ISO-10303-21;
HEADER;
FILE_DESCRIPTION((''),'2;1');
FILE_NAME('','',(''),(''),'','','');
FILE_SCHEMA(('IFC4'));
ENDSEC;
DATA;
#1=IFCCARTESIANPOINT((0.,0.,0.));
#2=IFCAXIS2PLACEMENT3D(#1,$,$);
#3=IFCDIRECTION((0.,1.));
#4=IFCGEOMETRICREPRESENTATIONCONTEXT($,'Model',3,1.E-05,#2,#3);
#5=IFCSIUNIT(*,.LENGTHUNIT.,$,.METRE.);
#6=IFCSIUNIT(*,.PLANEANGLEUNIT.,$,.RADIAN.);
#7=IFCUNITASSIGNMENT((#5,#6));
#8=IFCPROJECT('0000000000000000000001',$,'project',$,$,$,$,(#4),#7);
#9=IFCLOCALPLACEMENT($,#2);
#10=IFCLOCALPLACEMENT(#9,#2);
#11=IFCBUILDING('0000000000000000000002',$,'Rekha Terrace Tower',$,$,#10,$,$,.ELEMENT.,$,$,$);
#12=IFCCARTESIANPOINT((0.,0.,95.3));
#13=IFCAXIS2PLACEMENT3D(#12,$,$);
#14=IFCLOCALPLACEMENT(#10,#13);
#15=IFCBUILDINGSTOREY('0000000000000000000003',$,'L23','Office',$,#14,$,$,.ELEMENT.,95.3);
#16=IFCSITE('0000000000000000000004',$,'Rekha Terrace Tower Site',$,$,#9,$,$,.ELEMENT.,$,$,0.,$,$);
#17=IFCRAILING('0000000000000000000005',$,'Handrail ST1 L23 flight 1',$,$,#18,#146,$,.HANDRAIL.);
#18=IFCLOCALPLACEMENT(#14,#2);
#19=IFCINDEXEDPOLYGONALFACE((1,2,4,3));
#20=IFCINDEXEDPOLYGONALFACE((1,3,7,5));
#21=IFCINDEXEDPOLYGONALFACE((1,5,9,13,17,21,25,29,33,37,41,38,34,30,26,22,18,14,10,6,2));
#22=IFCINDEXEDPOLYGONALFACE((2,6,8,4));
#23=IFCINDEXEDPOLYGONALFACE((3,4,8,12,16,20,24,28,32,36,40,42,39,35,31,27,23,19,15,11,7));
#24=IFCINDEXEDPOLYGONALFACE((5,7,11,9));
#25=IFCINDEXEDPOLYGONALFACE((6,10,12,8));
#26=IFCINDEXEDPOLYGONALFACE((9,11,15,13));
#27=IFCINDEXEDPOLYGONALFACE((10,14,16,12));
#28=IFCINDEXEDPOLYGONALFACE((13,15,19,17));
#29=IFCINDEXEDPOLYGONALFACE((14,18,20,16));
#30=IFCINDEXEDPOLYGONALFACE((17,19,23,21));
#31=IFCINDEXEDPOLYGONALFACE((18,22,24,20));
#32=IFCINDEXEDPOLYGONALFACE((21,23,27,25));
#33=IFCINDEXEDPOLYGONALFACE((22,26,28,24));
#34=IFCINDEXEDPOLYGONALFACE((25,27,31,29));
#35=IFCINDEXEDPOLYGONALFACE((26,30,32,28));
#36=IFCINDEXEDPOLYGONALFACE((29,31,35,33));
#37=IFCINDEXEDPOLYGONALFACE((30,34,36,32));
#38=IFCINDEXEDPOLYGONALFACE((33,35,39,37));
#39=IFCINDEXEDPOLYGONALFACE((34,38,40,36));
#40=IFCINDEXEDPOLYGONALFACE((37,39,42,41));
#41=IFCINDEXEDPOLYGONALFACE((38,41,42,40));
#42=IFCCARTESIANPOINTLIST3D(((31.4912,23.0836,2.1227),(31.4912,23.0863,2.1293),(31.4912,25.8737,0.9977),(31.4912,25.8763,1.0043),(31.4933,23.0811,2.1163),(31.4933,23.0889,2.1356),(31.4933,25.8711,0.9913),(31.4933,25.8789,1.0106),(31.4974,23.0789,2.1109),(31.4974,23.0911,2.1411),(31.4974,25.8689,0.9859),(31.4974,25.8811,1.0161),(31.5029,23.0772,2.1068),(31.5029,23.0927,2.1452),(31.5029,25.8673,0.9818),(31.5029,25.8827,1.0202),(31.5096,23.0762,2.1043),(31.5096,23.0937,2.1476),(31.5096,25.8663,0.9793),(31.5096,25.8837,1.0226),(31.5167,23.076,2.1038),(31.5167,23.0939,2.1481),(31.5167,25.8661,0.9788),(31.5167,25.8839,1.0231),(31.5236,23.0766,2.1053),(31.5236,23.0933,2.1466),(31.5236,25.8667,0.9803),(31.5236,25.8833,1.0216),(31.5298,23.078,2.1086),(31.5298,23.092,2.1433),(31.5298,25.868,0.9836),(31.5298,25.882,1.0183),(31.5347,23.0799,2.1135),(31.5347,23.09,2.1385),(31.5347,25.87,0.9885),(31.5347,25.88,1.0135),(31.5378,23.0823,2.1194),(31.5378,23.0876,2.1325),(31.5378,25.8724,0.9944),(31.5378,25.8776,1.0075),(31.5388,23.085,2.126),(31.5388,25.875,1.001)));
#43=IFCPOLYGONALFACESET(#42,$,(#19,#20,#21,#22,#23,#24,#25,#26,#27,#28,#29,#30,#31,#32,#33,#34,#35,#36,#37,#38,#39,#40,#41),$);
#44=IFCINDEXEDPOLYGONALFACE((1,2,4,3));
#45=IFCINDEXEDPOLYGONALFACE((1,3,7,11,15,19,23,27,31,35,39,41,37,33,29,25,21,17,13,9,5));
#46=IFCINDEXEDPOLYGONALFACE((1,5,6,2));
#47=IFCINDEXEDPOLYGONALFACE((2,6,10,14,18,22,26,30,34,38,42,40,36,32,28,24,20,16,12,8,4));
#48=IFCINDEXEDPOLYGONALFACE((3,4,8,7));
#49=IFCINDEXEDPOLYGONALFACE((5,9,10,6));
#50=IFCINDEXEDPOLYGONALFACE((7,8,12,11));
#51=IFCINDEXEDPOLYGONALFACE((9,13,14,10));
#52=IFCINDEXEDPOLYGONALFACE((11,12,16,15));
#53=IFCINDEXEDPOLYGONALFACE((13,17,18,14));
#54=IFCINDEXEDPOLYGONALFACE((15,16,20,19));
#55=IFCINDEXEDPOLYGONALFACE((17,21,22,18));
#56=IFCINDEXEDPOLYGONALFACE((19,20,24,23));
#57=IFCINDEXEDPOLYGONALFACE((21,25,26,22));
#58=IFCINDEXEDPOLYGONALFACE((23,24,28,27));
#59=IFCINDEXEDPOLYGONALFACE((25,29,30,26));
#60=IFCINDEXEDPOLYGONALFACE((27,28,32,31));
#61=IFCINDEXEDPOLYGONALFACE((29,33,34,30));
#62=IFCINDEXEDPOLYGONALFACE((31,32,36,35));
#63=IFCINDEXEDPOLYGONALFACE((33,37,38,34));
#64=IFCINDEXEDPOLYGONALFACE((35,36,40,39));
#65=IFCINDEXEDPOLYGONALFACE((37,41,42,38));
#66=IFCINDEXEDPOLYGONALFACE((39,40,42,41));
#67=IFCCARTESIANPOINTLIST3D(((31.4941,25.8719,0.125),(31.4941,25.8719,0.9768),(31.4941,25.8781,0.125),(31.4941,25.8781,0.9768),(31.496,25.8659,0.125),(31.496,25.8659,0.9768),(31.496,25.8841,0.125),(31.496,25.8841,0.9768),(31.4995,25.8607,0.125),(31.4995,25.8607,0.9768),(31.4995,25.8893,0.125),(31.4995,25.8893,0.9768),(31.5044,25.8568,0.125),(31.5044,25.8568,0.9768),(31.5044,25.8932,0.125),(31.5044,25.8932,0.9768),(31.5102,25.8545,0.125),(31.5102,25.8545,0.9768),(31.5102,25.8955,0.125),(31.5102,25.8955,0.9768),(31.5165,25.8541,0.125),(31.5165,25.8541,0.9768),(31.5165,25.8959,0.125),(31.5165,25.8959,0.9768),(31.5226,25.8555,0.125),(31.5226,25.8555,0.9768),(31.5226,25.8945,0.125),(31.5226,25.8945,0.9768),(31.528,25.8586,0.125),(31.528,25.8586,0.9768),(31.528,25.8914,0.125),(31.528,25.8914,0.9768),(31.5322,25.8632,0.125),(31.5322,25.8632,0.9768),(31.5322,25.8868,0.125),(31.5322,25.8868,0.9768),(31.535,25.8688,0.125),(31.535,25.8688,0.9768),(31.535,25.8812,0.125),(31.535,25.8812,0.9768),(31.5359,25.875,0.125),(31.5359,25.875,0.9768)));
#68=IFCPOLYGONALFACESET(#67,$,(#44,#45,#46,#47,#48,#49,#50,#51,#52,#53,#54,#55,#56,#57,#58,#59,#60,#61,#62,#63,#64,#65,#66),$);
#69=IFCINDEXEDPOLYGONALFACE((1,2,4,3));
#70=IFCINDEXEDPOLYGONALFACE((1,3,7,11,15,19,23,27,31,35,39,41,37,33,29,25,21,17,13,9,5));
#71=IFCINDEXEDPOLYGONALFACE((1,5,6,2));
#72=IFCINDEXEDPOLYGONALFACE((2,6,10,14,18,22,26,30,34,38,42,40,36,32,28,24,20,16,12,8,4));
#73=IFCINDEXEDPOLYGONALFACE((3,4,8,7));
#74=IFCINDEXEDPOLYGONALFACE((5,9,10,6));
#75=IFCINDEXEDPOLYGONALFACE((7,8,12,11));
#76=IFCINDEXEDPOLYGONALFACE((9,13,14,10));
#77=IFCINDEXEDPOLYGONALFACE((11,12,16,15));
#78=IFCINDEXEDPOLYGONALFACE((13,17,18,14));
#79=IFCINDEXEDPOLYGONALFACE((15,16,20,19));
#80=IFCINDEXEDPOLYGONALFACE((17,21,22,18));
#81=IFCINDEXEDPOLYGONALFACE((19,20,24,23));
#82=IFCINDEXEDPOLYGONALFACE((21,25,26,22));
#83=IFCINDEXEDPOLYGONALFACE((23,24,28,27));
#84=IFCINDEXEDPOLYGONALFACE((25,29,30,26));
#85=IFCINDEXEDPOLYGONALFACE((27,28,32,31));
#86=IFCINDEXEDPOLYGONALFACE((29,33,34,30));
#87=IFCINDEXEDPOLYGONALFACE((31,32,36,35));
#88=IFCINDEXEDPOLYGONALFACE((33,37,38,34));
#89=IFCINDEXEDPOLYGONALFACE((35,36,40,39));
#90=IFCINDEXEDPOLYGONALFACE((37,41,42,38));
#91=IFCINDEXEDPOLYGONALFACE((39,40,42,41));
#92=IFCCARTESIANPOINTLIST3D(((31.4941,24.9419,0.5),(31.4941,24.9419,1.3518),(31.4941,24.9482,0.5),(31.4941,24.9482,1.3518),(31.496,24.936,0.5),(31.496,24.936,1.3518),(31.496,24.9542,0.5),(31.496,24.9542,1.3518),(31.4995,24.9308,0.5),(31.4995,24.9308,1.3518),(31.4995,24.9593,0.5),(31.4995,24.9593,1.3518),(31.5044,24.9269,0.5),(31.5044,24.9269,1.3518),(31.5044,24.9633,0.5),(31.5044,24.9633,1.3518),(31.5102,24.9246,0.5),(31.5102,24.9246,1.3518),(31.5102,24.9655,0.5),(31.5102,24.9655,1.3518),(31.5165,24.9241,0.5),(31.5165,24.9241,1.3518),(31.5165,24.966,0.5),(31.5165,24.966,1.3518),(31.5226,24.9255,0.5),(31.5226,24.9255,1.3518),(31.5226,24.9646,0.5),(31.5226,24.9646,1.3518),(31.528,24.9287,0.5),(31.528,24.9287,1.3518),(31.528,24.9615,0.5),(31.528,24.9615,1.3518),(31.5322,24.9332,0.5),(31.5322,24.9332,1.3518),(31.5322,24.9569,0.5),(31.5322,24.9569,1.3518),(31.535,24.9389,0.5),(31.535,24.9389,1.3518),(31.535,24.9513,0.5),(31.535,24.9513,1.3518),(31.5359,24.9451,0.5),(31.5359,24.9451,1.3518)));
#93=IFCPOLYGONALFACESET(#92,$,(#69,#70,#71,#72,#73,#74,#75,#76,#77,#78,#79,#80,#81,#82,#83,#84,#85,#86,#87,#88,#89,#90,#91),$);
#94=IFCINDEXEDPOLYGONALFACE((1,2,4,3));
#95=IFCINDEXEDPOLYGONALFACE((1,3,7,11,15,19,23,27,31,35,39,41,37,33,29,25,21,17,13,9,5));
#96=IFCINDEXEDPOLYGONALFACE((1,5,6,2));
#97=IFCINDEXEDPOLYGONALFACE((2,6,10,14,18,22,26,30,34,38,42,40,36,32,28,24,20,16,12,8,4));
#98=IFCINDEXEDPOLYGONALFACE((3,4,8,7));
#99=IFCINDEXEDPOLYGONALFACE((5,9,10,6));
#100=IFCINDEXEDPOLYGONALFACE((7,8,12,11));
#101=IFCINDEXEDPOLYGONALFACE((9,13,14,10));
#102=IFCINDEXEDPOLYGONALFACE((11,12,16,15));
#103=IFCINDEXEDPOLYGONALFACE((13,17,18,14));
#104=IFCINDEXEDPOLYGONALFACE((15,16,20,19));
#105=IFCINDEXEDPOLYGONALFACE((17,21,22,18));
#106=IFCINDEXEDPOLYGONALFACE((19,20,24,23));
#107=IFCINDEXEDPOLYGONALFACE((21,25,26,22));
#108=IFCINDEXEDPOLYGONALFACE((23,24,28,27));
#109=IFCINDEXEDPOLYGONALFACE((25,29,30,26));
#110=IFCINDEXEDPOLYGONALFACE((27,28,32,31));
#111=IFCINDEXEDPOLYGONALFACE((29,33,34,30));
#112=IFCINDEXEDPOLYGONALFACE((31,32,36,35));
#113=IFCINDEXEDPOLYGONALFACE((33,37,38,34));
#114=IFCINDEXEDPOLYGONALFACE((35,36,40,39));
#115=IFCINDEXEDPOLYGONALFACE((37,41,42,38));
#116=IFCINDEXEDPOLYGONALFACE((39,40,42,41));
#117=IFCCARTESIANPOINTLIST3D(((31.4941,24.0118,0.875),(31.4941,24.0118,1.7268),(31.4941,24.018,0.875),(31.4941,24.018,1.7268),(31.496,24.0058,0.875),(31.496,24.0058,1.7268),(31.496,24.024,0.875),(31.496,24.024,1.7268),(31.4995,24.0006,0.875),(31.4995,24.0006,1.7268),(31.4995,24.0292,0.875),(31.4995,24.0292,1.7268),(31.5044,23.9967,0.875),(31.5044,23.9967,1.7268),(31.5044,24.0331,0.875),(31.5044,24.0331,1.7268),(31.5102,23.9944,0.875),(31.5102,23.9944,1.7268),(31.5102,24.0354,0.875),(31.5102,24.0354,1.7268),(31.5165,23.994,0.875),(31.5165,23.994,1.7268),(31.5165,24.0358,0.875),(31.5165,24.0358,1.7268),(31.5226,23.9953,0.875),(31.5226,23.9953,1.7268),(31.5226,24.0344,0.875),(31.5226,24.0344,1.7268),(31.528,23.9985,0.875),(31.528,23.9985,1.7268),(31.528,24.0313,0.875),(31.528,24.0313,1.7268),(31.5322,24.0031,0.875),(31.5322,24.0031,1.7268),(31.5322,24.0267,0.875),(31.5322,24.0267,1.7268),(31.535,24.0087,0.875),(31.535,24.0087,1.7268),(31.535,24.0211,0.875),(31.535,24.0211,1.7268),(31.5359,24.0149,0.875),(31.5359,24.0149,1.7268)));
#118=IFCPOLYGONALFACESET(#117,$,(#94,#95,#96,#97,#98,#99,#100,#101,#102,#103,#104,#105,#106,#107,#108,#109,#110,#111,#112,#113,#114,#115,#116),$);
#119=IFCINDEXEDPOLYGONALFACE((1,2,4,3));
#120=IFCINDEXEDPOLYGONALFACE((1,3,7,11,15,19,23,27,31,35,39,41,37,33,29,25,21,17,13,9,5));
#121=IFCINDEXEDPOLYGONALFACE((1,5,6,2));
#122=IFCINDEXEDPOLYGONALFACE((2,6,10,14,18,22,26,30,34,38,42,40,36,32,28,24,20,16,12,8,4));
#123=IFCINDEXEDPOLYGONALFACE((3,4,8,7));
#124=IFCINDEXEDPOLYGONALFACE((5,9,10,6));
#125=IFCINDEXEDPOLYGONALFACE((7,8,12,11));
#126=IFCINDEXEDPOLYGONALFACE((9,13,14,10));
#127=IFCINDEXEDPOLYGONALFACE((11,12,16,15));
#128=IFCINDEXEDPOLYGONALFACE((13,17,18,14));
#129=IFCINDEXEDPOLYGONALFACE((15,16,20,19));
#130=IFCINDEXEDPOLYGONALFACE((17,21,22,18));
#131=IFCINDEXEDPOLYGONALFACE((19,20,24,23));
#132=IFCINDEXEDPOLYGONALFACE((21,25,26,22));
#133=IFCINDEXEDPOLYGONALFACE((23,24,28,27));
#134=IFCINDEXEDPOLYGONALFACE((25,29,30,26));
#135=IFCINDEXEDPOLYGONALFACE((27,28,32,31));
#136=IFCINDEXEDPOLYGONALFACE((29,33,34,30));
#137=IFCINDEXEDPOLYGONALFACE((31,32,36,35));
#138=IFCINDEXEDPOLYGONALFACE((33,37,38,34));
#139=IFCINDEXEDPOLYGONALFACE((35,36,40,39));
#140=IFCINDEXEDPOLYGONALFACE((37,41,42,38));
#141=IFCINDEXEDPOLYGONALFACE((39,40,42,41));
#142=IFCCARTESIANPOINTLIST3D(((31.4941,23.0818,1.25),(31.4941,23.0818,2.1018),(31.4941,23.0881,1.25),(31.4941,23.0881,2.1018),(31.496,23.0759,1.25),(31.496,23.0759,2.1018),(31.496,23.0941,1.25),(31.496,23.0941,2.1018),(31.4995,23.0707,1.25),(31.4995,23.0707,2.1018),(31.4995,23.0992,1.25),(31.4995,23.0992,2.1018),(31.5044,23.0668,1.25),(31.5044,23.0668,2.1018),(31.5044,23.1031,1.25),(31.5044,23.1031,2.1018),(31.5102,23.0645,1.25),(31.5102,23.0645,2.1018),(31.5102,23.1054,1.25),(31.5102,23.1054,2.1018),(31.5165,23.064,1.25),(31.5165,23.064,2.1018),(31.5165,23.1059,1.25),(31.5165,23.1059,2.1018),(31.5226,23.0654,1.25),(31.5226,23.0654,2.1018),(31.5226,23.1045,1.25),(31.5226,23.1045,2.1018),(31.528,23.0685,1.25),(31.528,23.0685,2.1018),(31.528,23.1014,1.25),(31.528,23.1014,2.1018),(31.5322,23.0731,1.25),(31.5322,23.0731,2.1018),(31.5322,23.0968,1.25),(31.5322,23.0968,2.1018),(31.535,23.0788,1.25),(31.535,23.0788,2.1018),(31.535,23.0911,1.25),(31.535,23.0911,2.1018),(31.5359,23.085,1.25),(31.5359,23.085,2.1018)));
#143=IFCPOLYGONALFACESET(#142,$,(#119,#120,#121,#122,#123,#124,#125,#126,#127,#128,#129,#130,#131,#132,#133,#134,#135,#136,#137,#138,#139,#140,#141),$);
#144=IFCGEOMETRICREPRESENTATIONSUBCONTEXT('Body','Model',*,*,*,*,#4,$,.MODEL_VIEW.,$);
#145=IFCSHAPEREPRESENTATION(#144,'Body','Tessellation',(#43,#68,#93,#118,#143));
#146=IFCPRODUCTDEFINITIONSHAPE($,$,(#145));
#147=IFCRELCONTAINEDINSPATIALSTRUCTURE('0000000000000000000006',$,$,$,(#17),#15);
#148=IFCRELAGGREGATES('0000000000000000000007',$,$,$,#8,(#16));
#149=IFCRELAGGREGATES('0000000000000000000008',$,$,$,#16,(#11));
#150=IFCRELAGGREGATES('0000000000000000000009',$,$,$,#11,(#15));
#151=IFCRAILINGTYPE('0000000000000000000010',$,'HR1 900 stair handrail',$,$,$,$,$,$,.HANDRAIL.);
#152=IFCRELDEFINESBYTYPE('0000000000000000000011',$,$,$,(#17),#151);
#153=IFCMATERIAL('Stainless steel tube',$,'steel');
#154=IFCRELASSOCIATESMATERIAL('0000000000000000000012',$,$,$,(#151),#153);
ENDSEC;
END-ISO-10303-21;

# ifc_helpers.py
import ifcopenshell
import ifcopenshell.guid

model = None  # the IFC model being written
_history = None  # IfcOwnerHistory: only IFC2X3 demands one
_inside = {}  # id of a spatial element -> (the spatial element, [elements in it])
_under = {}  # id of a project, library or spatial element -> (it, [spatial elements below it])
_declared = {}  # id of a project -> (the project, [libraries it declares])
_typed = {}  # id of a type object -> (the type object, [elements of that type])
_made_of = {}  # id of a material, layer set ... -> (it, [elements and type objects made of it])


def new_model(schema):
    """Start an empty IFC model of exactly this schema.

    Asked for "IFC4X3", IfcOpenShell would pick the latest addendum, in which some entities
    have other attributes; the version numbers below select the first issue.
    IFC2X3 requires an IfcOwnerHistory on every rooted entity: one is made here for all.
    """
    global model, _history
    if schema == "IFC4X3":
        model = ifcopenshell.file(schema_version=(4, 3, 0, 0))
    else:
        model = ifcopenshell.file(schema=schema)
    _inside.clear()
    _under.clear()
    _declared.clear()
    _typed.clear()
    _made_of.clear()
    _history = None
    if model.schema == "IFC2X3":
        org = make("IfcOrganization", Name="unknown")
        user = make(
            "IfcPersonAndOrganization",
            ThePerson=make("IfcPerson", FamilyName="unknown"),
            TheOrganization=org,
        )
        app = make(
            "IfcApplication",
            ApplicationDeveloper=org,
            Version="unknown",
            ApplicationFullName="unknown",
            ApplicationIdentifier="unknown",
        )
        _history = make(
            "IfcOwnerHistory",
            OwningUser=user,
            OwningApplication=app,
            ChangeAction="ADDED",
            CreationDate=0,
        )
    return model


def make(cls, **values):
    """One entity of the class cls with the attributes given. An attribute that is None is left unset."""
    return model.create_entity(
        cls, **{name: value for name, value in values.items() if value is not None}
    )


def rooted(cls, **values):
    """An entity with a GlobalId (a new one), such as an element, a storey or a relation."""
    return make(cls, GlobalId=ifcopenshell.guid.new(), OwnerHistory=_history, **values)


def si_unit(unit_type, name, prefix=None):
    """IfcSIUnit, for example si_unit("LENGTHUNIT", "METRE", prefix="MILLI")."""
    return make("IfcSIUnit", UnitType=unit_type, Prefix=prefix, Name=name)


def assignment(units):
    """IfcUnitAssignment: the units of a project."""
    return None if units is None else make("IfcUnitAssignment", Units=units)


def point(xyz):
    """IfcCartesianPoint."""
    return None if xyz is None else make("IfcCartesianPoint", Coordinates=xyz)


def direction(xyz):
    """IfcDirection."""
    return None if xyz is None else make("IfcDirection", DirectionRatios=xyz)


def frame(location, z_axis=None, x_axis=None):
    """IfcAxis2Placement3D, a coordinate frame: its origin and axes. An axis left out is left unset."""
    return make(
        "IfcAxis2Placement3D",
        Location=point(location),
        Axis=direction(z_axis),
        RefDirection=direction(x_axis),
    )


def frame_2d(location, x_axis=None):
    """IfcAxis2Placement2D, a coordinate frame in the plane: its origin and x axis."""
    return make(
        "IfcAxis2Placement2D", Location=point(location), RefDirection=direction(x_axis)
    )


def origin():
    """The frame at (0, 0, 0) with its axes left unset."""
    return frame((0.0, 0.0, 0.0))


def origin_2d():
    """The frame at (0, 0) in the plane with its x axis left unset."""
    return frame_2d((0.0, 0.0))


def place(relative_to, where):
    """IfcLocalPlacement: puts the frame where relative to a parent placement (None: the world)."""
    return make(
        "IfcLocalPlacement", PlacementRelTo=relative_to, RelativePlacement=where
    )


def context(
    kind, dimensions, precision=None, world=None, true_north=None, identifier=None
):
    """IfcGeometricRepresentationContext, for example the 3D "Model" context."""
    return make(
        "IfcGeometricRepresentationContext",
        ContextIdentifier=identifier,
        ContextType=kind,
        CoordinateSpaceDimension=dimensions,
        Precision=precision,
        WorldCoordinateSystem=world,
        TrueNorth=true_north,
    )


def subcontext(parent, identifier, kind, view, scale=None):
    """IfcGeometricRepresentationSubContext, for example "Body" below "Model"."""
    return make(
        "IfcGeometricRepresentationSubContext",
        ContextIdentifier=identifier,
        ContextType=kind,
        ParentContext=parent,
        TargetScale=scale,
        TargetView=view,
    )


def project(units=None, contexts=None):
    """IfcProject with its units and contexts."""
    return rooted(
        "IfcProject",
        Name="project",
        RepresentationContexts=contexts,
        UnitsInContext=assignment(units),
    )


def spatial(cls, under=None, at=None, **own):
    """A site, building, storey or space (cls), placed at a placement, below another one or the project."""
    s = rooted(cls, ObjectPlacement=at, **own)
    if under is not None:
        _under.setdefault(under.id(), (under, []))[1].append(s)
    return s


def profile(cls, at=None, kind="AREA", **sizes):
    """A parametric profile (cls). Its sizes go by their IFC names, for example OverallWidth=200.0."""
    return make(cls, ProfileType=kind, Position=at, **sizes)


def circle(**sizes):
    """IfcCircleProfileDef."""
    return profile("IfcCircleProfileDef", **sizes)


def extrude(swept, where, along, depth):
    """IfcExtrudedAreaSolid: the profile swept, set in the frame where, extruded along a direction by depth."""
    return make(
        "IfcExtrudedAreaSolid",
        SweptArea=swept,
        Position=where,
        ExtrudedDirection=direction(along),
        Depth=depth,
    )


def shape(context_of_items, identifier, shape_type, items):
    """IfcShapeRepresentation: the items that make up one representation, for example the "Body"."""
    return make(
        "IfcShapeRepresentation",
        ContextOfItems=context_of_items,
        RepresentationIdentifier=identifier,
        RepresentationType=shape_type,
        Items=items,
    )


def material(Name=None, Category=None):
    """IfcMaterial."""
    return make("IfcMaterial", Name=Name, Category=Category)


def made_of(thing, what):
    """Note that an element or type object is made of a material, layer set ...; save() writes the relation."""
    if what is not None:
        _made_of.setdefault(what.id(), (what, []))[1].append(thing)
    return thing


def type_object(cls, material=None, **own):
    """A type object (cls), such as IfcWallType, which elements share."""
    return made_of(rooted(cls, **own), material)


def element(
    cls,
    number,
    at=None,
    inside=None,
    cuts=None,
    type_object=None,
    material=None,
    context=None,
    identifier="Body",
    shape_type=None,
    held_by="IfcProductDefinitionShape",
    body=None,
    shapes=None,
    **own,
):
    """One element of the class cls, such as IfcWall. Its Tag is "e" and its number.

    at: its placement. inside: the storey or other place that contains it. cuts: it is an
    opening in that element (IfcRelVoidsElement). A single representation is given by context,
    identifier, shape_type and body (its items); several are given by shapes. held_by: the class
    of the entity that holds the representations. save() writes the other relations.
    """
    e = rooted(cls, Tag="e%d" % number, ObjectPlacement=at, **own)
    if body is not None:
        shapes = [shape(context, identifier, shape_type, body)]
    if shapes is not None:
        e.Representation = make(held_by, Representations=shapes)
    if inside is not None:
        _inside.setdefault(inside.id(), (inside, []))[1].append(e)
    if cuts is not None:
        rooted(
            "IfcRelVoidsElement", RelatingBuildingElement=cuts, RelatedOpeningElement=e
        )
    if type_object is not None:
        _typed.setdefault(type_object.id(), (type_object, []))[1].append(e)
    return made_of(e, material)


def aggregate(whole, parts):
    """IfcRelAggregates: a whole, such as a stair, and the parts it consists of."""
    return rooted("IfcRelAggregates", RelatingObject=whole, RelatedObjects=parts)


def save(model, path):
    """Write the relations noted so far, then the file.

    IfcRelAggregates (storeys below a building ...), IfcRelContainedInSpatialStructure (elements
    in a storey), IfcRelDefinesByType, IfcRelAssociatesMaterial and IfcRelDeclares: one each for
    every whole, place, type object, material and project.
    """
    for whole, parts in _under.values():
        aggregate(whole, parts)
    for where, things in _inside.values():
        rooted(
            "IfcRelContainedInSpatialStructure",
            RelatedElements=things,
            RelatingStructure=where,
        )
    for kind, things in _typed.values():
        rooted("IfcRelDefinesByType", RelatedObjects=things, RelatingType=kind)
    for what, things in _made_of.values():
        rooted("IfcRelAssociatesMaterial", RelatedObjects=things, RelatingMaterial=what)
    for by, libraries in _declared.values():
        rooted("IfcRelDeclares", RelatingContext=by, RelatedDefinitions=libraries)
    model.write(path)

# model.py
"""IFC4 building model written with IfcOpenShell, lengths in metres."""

from ifc_helpers import new_model, si_unit, direction, frame, origin, origin_2d, place, context, subcontext, project, spatial, circle, extrude, material, type_object, element, save


model = new_model("IFC4")

# Units and contexts
model_context = context("Model", 3, precision=1e-05, world=origin(), true_north=direction((0.0, 1.0)))
body_context = subcontext(model_context, "Body", "Model", "MODEL_VIEW")
ifc_project = project(units=[si_unit("LENGTHUNIT", "METRE"), si_unit("PLANEANGLEUNIT", "RADIAN")], contexts=[model_context])

# Site, building, storey
site_placement = place(None, origin())
site = spatial("IfcSite", under=ifc_project, at=site_placement, Name="Rekha Terrace Tower Site", CompositionType="ELEMENT", RefElevation=0.0)
building_placement = place(site_placement, origin())
building = spatial("IfcBuilding", under=site, at=building_placement, Name="Rekha Terrace Tower", CompositionType="ELEMENT")
storey_placement = place(building_placement, frame((0.0, 0.0, 95.3)))
storey = spatial("IfcBuildingStorey", under=building, at=storey_placement, Name="L23", Description="Office", CompositionType="ELEMENT", Elevation=95.3)

# Railing
ifc_material_1 = material(Name="Stainless steel tube", Category="steel")
railing_type_1 = type_object("IfcRailingType", Name="HR1 900 stair handrail", PredefinedType="HANDRAIL", material=ifc_material_1)
railing_1_placement = place(storey_placement, frame((31.5149, 25.875, 0.125)))
element("IfcRailing", 1, at=railing_1_placement, inside=storey, type_object=railing_type_1, Name="Handrail ST1 L23 flight 1", PredefinedType="HANDRAIL", context=body_context, shape_type="SweptSolid", body=[
    extrude(circle(Radius=0.0239, at=origin_2d()), frame((0.0, 0.0, 0.876), z_axis=(0.0, -0.927443, 0.373964), x_axis=(1.0, 0.0, 0.0)), (0.0, 0.0, 1.0), 3.0083),
    extrude(circle(Radius=0.021, at=origin_2d()), origin(), (0.0, 0.0, 1.0), 0.8518),
    extrude(circle(Radius=0.021, at=origin_2d()), frame((0.0, -0.9299, 0.375)), (0.0, 0.0, 1.0), 0.8518),
    extrude(circle(Radius=0.021, at=origin_2d()), frame((0.0, -1.8601, 0.75)), (0.0, 0.0, 1.0), 0.8518),
    extrude(circle(Radius=0.021, at=origin_2d()), frame((0.0, -2.79, 1.125)), (0.0, 0.0, 1.0), 0.8518),
])

save(model, "model.ifc")
